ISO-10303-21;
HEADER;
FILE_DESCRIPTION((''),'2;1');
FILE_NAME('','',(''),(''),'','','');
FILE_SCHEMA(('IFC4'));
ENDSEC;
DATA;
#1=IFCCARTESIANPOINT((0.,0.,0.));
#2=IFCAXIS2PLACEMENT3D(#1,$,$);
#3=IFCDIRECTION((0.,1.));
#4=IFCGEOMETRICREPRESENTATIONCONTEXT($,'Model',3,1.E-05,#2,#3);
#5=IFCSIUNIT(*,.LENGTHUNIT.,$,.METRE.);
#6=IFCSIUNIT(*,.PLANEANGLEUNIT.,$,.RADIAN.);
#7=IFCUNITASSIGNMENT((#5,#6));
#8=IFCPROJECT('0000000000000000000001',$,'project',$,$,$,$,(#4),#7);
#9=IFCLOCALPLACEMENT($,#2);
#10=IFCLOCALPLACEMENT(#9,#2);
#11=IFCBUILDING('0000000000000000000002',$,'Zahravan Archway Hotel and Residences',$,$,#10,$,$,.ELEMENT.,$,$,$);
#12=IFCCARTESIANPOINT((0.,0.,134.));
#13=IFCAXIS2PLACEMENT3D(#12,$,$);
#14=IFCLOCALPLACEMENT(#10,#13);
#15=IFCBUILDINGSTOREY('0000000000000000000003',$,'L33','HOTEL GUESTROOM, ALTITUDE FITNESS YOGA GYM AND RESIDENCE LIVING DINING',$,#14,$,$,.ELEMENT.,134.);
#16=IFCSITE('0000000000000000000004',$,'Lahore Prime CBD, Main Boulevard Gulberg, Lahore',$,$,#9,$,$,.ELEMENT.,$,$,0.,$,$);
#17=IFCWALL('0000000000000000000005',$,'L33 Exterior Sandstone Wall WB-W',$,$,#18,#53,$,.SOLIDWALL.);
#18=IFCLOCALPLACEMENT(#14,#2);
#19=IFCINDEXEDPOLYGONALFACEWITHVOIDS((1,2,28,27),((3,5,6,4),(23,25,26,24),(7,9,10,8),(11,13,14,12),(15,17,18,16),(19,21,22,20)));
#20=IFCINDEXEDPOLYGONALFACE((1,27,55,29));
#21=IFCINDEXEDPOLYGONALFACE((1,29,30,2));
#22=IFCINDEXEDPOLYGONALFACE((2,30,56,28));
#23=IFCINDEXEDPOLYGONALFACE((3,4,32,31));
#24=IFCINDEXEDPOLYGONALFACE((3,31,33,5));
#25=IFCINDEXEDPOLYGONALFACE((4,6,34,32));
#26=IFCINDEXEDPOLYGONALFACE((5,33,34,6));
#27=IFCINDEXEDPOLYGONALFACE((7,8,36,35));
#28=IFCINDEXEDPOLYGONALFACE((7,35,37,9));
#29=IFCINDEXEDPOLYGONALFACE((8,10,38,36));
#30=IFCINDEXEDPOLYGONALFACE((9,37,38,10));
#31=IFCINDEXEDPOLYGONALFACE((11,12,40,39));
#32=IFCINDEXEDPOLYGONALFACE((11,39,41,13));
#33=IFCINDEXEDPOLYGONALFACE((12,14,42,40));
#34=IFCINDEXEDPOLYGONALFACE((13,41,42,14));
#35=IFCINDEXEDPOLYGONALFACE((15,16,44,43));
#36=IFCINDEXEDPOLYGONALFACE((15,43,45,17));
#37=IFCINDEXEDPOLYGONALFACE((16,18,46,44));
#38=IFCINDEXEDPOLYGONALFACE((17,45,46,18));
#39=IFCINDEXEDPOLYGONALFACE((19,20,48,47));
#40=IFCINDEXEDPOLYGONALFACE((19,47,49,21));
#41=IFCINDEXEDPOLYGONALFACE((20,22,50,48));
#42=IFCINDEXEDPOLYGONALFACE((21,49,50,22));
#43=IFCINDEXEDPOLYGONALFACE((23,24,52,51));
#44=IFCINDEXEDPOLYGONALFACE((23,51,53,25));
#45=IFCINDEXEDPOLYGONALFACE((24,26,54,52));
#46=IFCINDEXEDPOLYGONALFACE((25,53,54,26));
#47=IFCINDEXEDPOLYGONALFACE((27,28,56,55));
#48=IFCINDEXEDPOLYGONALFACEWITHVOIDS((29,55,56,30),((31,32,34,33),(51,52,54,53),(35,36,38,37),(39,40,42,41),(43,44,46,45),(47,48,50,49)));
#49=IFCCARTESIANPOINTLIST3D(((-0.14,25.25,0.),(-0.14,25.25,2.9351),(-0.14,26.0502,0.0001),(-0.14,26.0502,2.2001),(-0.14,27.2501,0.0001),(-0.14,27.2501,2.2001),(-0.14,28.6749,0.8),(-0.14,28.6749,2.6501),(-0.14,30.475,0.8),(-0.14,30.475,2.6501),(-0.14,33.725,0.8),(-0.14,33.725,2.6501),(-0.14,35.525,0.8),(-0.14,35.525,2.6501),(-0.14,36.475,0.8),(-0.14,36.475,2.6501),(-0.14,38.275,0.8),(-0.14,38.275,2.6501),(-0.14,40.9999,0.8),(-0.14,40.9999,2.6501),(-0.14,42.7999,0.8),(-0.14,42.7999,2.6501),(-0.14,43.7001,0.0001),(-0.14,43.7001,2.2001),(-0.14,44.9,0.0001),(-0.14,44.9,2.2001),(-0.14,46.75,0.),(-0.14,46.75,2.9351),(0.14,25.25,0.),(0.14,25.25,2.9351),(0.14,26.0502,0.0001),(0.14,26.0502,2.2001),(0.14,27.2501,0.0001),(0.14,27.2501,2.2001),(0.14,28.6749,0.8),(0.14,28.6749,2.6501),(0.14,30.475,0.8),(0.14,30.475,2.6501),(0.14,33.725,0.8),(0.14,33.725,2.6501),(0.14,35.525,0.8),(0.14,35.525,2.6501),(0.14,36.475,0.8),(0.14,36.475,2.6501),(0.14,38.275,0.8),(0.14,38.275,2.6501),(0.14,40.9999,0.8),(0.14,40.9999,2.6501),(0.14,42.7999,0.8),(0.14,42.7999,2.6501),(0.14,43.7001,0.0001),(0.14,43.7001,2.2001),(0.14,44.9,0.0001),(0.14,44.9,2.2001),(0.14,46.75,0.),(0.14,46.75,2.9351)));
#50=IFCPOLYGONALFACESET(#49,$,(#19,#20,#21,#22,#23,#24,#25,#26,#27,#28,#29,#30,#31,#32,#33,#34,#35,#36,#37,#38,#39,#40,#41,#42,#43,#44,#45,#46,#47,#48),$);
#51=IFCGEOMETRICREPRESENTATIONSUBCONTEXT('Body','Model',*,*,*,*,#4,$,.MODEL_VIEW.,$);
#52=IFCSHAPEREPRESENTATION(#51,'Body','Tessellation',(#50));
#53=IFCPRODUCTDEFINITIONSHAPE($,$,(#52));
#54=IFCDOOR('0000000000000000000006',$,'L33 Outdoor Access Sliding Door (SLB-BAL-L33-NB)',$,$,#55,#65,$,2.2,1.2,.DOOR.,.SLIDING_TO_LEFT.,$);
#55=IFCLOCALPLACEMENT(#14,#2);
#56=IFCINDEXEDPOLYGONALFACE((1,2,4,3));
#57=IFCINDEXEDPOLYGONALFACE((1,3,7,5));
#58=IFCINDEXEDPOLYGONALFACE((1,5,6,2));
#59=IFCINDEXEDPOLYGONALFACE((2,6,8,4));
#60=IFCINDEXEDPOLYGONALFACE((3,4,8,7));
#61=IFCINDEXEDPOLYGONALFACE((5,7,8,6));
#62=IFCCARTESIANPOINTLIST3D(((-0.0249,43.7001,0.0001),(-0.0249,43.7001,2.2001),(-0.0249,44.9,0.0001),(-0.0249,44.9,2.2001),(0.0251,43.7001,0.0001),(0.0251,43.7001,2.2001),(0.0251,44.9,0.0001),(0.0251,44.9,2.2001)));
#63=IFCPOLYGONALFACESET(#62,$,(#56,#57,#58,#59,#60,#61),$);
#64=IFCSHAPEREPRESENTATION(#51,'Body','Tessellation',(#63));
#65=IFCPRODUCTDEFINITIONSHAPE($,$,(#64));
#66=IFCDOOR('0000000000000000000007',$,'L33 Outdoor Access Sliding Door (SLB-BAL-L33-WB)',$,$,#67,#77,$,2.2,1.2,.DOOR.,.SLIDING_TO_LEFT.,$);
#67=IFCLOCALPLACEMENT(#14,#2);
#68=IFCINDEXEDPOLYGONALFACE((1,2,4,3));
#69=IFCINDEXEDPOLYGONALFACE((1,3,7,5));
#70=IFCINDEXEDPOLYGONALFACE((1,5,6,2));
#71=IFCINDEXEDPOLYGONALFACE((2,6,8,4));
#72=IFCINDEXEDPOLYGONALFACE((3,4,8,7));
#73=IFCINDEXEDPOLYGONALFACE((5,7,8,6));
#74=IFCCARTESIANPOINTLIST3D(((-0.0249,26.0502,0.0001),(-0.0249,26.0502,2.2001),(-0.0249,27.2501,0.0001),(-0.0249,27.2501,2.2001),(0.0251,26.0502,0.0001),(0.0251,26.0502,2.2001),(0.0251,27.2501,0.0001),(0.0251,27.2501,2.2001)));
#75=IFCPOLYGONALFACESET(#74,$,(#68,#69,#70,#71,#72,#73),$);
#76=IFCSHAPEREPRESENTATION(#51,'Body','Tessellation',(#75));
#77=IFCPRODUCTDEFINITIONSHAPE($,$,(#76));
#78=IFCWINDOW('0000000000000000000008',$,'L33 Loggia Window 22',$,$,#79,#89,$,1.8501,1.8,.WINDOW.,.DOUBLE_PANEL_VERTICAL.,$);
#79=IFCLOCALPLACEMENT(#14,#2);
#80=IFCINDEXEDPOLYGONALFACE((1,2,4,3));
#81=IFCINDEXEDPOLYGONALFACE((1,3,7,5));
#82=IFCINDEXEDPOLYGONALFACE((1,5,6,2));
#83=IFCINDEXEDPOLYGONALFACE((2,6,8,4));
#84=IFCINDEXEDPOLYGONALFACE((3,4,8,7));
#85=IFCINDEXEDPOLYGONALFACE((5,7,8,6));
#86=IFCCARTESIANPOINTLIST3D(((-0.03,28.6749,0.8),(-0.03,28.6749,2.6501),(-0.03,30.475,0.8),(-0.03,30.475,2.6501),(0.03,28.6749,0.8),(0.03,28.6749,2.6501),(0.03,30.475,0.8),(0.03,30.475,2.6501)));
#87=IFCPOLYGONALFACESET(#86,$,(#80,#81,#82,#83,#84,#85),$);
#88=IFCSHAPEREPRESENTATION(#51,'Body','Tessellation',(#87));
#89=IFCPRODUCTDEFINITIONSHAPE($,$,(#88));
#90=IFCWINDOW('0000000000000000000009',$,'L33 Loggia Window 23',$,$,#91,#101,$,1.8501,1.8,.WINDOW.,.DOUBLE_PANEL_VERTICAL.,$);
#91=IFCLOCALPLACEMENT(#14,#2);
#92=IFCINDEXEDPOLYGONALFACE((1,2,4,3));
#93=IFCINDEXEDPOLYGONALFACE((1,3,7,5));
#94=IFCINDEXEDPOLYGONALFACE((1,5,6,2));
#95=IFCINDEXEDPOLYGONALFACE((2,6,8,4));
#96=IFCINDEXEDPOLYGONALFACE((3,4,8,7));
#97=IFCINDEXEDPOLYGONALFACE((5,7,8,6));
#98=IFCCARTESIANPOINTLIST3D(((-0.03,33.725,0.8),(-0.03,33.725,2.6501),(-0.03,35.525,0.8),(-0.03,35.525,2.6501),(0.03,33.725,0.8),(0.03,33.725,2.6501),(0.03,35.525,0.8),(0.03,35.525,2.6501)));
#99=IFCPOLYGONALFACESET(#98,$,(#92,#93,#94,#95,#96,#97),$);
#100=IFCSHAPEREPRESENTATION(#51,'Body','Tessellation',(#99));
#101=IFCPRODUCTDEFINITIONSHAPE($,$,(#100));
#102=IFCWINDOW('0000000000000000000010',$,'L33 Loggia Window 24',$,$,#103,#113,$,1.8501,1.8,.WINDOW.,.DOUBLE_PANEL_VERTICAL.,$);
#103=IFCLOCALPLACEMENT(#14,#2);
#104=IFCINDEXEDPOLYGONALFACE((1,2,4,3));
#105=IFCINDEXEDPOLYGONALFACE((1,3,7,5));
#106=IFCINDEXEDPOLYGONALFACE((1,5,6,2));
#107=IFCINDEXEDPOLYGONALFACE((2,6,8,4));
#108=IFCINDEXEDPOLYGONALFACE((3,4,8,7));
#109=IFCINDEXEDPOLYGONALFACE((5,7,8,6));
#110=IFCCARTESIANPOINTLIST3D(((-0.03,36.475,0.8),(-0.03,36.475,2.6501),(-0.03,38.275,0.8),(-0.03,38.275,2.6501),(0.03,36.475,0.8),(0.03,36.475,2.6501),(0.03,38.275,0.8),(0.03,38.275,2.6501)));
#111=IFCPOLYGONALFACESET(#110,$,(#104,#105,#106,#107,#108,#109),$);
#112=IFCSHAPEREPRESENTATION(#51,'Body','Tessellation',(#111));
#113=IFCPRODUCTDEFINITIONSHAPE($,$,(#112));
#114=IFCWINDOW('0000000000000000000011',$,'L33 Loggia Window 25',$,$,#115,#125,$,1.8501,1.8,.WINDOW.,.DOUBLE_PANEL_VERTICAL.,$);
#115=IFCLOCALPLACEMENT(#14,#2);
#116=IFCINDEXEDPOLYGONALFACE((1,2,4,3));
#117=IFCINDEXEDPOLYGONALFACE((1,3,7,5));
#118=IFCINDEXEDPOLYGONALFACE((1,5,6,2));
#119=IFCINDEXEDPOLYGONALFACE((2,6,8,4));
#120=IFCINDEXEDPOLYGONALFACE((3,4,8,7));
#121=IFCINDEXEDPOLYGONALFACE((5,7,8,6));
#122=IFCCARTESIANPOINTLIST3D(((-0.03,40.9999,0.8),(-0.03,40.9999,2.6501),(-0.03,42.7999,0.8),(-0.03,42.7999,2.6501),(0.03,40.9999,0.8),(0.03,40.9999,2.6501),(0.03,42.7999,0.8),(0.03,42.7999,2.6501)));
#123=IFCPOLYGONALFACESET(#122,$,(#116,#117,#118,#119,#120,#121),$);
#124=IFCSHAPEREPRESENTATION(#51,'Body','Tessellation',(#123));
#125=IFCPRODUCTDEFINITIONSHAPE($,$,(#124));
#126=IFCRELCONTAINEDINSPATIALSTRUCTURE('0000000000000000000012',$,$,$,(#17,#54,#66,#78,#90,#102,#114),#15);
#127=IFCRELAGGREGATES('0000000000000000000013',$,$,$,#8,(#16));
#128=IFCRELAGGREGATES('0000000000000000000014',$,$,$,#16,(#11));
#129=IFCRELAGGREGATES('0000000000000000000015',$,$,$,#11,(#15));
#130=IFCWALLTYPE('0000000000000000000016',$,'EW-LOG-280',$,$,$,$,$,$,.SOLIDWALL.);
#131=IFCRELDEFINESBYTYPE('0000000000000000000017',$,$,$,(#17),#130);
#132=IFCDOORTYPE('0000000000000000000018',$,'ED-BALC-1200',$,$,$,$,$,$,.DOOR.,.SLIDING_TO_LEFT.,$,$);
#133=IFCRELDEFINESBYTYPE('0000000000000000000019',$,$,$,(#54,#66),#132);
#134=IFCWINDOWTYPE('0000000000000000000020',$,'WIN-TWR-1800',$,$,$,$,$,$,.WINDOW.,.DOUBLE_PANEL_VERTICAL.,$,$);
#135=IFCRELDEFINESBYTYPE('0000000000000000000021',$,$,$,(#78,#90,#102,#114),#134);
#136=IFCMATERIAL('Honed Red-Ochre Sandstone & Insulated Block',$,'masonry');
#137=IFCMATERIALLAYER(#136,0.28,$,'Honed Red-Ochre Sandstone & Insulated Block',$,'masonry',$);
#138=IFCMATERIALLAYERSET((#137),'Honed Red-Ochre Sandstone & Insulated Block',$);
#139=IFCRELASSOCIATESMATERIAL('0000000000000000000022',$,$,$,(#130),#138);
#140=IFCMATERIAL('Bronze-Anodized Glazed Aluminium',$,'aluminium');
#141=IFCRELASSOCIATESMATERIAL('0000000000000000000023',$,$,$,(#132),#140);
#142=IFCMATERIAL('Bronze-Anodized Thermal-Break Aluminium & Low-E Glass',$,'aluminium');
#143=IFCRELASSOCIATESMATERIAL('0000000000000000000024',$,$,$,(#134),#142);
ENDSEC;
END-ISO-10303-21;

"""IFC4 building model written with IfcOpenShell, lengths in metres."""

from ifc_helpers import new_model, si_unit, direction, frame, frame_2d, origin, place, context, subcontext, project, spatial, rectangle, extrude, source, transform, mapped, material, layer, layer_set, type_object, type_shapes, element, fill, save


model = new_model("IFC4")

# Units and contexts
model_context = context("Model", 3, precision=1e-05, world=origin(), true_north=direction((0.0, 1.0)))
body_context = subcontext(model_context, "Body", "Model", "MODEL_VIEW")
ifc_project = project(units=[si_unit("LENGTHUNIT", "METRE"), si_unit("PLANEANGLEUNIT", "RADIAN")], contexts=[model_context])

# Site, building, storey
site_placement = place(None, origin())
site = spatial("IfcSite", under=ifc_project, at=site_placement, Name="Lahore Prime CBD, Main Boulevard Gulberg, Lahore", CompositionType="ELEMENT", RefElevation=0.0)
building_placement = place(site_placement, origin())
building = spatial("IfcBuilding", under=site, at=building_placement, Name="Zahravan Archway Hotel and Residences", CompositionType="ELEMENT")
storey_placement = place(building_placement, frame((0.0, 0.0, 134.0)))
storey = spatial("IfcBuildingStorey", under=building, at=storey_placement, Name="L33", Description="HOTEL GUESTROOM, ALTITUDE FITNESS YOGA GYM AND RESIDENCE LIVING DINING", CompositionType="ELEMENT", Elevation=134.0)

# Shared definitions
ifc_material_1 = material(Name="Honed Red-Ochre Sandstone & Insulated Block", Category="masonry")
ifc_layer_1 = layer(ifc_material_1, 0.28, Name="Honed Red-Ochre Sandstone & Insulated Block", Category="masonry")
ifc_layer_set_1 = layer_set([ifc_layer_1], Name="Honed Red-Ochre Sandstone & Insulated Block")
wall_type_1 = type_object("IfcWallType", Name="EW-LOG-280", PredefinedType="SOLIDWALL", material=ifc_layer_set_1)
ifc_material_2 = material(Name="Bronze-Anodized Thermal-Break Aluminium & Low-E Glass", Category="aluminium")

# Wall, openings, doors, windows
wall_1_placement = place(storey_placement, frame((0.0, 25.25, 0.0), z_axis=(0.0, 0.0, 1.0), x_axis=(0.0, 1.0, 0.0)))
wall_1 = element("IfcWall", 1, at=wall_1_placement, inside=storey, type_object=wall_type_1, Name="L33 Exterior Sandstone Wall WB-W", PredefinedType="SOLIDWALL", context=body_context, shape_type="SweptSolid", body=[
    extrude(rectangle(XDim=21.5, YDim=0.28, at=frame_2d((10.75, 0.0))), origin(), (0.0, 0.0, 1.0), 2.9351),
])
opening_1_placement = place(wall_1_placement, frame((18.45, 0.0, 0.0)))
opening_1 = element("IfcOpeningElement", 2, at=opening_1_placement, cuts=wall_1, PredefinedType="OPENING", context=body_context, shape_type="SweptSolid", body=[
    extrude(rectangle(XDim=1.2, YDim=2.2, at=frame_2d((0.6001, 1.1001))), frame((0.0, 0.1499, 0.0), z_axis=(0.0, -1.0, 0.0), x_axis=(1.0, 0.0, 0.0)), (0.0, 0.0, 1.0), 0.3),
])
opening_2_placement = place(wall_1_placement, frame((0.8, 0.0, 0.0)))
opening_2 = element("IfcOpeningElement", 3, at=opening_2_placement, cuts=wall_1, PredefinedType="OPENING", context=body_context, shape_type="SweptSolid", body=[
    extrude(rectangle(XDim=1.2, YDim=2.2, at=frame_2d((0.6001, 1.1001))), frame((0.0, 0.1499, 0.0), z_axis=(0.0, -1.0, 0.0), x_axis=(1.0, 0.0, 0.0)), (0.0, 0.0, 1.0), 0.3),
])
opening_3_placement = place(wall_1_placement, frame((3.425, 0.0, 0.8)))
opening_3 = element("IfcOpeningElement", 4, at=opening_3_placement, cuts=wall_1, PredefinedType="OPENING", context=body_context, shape_type="SweptSolid", body=[
    extrude(rectangle(XDim=1.8, YDim=1.8501, at=frame_2d((0.8999, 0.925))), frame((0.0, 0.1499, 0.0), z_axis=(0.0, -1.0, 0.0), x_axis=(1.0, 0.0, 0.0)), (0.0, 0.0, 1.0), 0.3),
])
opening_4_placement = place(wall_1_placement, frame((8.4751, 0.0, 0.8)))
opening_4 = element("IfcOpeningElement", 5, at=opening_4_placement, cuts=wall_1, PredefinedType="OPENING", context=body_context, shape_type="SweptSolid", body=[
    extrude(rectangle(XDim=1.8, YDim=1.8501, at=frame_2d((0.8999, 0.925))), frame((0.0, 0.1499, 0.0), z_axis=(0.0, -1.0, 0.0), x_axis=(1.0, 0.0, 0.0)), (0.0, 0.0, 1.0), 0.3),
])
opening_5_placement = place(wall_1_placement, frame((11.2251, 0.0, 0.8)))
opening_5 = element("IfcOpeningElement", 6, at=opening_5_placement, cuts=wall_1, PredefinedType="OPENING", context=body_context, shape_type="SweptSolid", body=[
    extrude(rectangle(XDim=1.8, YDim=1.8501, at=frame_2d((0.8999, 0.925))), frame((0.0, 0.1499, 0.0), z_axis=(0.0, -1.0, 0.0), x_axis=(1.0, 0.0, 0.0)), (0.0, 0.0, 1.0), 0.3),
])
opening_6_placement = place(wall_1_placement, frame((15.75, 0.0, 0.8)))
opening_6 = element("IfcOpeningElement", 7, at=opening_6_placement, cuts=wall_1, PredefinedType="OPENING", context=body_context, shape_type="SweptSolid", body=[
    extrude(rectangle(XDim=1.8, YDim=1.8501, at=frame_2d((0.8999, 0.925))), frame((0.0, 0.1499, 0.0), z_axis=(0.0, -1.0, 0.0), x_axis=(1.0, 0.0, 0.0)), (0.0, 0.0, 1.0), 0.3),
])
ifc_material_3 = material(Name="Bronze-Anodized Glazed Aluminium", Category="aluminium")
door_type = type_object("IfcDoorType", Name="ED-BALC-1200", OperationType="SLIDING_TO_LEFT", PredefinedType="DOOR", material=ifc_material_3)
shared_shape_1 = source(origin(), body_context, "Body", "SweptSolid", [
    extrude(rectangle(XDim=1.2, YDim=2.2, at=frame_2d((0.6001, 1.1001))), frame((0.0, 0.0249, 0.0), z_axis=(0.0, -1.0, 0.0), x_axis=(1.0, 0.0, 0.0)), (0.0, 0.0, 1.0), 0.05),
])
type_shapes(door_type, [shared_shape_1])
door_1_placement = place(opening_1_placement, origin())
door_1 = element("IfcDoor", 8, at=door_1_placement, inside=storey, type_object=door_type, Name="L33 Outdoor Access Sliding Door (SLB-BAL-L33-NB)", OperationType="SLIDING_TO_LEFT", OverallHeight=2.2, OverallWidth=1.2, PredefinedType="DOOR", context=body_context, shape_type="MappedRepresentation", body=[
    mapped(shared_shape_1, transform((0.0, 0.0, 0.0), scale=1.0)),
])
fill(opening_1, door_1)
door_2_placement = place(opening_2_placement, origin())
door_2 = element("IfcDoor", 9, at=door_2_placement, inside=storey, type_object=door_type, Name="L33 Outdoor Access Sliding Door (SLB-BAL-L33-WB)", OperationType="SLIDING_TO_LEFT", OverallHeight=2.2, OverallWidth=1.2, PredefinedType="DOOR", context=body_context, shape_type="MappedRepresentation", body=[
    mapped(shared_shape_1, transform((0.0, 0.0, 0.0), scale=1.0)),
])
fill(opening_2, door_2)
window_type_1 = type_object("IfcWindowType", Name="WIN-TWR-1800", PartitioningType="DOUBLE_PANEL_VERTICAL", PredefinedType="WINDOW", material=ifc_material_2)
shared_shape_2 = source(origin(), body_context, "Body", "SweptSolid", [
    extrude(rectangle(XDim=1.8, YDim=1.8501, at=frame_2d((0.8999, 0.925))), frame((0.0, 0.03, 0.0), z_axis=(0.0, -1.0, 0.0), x_axis=(1.0, 0.0, 0.0)), (0.0, 0.0, 1.0), 0.0601),
])
type_shapes(window_type_1, [shared_shape_2])
window_1_placement = place(opening_3_placement, origin())
window_1 = element("IfcWindow", 10, at=window_1_placement, inside=storey, type_object=window_type_1, Name="L33 Loggia Window 22", OverallHeight=1.8501, OverallWidth=1.8, PartitioningType="DOUBLE_PANEL_VERTICAL", PredefinedType="WINDOW", context=body_context, shape_type="MappedRepresentation", body=[
    mapped(shared_shape_2, transform((0.0, 0.0, 0.0), scale=1.0)),
])
fill(opening_3, window_1)
window_2_placement = place(opening_4_placement, origin())
window_2 = element("IfcWindow", 11, at=window_2_placement, inside=storey, type_object=window_type_1, Name="L33 Loggia Window 23", OverallHeight=1.8501, OverallWidth=1.8, PartitioningType="DOUBLE_PANEL_VERTICAL", PredefinedType="WINDOW", context=body_context, shape_type="MappedRepresentation", body=[
    mapped(shared_shape_2, transform((0.0, 0.0, 0.0), scale=1.0)),
])
fill(opening_4, window_2)
window_3_placement = place(opening_5_placement, origin())
window_3 = element("IfcWindow", 12, at=window_3_placement, inside=storey, type_object=window_type_1, Name="L33 Loggia Window 24", OverallHeight=1.8501, OverallWidth=1.8, PartitioningType="DOUBLE_PANEL_VERTICAL", PredefinedType="WINDOW", context=body_context, shape_type="MappedRepresentation", body=[
    mapped(shared_shape_2, transform((0.0, 0.0, 0.0), scale=1.0)),
])
fill(opening_5, window_3)
window_4_placement = place(opening_6_placement, origin())
window_4 = element("IfcWindow", 13, at=window_4_placement, inside=storey, type_object=window_type_1, Name="L33 Loggia Window 25", OverallHeight=1.8501, OverallWidth=1.8, PartitioningType="DOUBLE_PANEL_VERTICAL", PredefinedType="WINDOW", context=body_context, shape_type="MappedRepresentation", body=[
    mapped(shared_shape_2, transform((0.0, 0.0, 0.0), scale=1.0)),
])
fill(opening_6, window_4)

save(model, "model.ifc")
